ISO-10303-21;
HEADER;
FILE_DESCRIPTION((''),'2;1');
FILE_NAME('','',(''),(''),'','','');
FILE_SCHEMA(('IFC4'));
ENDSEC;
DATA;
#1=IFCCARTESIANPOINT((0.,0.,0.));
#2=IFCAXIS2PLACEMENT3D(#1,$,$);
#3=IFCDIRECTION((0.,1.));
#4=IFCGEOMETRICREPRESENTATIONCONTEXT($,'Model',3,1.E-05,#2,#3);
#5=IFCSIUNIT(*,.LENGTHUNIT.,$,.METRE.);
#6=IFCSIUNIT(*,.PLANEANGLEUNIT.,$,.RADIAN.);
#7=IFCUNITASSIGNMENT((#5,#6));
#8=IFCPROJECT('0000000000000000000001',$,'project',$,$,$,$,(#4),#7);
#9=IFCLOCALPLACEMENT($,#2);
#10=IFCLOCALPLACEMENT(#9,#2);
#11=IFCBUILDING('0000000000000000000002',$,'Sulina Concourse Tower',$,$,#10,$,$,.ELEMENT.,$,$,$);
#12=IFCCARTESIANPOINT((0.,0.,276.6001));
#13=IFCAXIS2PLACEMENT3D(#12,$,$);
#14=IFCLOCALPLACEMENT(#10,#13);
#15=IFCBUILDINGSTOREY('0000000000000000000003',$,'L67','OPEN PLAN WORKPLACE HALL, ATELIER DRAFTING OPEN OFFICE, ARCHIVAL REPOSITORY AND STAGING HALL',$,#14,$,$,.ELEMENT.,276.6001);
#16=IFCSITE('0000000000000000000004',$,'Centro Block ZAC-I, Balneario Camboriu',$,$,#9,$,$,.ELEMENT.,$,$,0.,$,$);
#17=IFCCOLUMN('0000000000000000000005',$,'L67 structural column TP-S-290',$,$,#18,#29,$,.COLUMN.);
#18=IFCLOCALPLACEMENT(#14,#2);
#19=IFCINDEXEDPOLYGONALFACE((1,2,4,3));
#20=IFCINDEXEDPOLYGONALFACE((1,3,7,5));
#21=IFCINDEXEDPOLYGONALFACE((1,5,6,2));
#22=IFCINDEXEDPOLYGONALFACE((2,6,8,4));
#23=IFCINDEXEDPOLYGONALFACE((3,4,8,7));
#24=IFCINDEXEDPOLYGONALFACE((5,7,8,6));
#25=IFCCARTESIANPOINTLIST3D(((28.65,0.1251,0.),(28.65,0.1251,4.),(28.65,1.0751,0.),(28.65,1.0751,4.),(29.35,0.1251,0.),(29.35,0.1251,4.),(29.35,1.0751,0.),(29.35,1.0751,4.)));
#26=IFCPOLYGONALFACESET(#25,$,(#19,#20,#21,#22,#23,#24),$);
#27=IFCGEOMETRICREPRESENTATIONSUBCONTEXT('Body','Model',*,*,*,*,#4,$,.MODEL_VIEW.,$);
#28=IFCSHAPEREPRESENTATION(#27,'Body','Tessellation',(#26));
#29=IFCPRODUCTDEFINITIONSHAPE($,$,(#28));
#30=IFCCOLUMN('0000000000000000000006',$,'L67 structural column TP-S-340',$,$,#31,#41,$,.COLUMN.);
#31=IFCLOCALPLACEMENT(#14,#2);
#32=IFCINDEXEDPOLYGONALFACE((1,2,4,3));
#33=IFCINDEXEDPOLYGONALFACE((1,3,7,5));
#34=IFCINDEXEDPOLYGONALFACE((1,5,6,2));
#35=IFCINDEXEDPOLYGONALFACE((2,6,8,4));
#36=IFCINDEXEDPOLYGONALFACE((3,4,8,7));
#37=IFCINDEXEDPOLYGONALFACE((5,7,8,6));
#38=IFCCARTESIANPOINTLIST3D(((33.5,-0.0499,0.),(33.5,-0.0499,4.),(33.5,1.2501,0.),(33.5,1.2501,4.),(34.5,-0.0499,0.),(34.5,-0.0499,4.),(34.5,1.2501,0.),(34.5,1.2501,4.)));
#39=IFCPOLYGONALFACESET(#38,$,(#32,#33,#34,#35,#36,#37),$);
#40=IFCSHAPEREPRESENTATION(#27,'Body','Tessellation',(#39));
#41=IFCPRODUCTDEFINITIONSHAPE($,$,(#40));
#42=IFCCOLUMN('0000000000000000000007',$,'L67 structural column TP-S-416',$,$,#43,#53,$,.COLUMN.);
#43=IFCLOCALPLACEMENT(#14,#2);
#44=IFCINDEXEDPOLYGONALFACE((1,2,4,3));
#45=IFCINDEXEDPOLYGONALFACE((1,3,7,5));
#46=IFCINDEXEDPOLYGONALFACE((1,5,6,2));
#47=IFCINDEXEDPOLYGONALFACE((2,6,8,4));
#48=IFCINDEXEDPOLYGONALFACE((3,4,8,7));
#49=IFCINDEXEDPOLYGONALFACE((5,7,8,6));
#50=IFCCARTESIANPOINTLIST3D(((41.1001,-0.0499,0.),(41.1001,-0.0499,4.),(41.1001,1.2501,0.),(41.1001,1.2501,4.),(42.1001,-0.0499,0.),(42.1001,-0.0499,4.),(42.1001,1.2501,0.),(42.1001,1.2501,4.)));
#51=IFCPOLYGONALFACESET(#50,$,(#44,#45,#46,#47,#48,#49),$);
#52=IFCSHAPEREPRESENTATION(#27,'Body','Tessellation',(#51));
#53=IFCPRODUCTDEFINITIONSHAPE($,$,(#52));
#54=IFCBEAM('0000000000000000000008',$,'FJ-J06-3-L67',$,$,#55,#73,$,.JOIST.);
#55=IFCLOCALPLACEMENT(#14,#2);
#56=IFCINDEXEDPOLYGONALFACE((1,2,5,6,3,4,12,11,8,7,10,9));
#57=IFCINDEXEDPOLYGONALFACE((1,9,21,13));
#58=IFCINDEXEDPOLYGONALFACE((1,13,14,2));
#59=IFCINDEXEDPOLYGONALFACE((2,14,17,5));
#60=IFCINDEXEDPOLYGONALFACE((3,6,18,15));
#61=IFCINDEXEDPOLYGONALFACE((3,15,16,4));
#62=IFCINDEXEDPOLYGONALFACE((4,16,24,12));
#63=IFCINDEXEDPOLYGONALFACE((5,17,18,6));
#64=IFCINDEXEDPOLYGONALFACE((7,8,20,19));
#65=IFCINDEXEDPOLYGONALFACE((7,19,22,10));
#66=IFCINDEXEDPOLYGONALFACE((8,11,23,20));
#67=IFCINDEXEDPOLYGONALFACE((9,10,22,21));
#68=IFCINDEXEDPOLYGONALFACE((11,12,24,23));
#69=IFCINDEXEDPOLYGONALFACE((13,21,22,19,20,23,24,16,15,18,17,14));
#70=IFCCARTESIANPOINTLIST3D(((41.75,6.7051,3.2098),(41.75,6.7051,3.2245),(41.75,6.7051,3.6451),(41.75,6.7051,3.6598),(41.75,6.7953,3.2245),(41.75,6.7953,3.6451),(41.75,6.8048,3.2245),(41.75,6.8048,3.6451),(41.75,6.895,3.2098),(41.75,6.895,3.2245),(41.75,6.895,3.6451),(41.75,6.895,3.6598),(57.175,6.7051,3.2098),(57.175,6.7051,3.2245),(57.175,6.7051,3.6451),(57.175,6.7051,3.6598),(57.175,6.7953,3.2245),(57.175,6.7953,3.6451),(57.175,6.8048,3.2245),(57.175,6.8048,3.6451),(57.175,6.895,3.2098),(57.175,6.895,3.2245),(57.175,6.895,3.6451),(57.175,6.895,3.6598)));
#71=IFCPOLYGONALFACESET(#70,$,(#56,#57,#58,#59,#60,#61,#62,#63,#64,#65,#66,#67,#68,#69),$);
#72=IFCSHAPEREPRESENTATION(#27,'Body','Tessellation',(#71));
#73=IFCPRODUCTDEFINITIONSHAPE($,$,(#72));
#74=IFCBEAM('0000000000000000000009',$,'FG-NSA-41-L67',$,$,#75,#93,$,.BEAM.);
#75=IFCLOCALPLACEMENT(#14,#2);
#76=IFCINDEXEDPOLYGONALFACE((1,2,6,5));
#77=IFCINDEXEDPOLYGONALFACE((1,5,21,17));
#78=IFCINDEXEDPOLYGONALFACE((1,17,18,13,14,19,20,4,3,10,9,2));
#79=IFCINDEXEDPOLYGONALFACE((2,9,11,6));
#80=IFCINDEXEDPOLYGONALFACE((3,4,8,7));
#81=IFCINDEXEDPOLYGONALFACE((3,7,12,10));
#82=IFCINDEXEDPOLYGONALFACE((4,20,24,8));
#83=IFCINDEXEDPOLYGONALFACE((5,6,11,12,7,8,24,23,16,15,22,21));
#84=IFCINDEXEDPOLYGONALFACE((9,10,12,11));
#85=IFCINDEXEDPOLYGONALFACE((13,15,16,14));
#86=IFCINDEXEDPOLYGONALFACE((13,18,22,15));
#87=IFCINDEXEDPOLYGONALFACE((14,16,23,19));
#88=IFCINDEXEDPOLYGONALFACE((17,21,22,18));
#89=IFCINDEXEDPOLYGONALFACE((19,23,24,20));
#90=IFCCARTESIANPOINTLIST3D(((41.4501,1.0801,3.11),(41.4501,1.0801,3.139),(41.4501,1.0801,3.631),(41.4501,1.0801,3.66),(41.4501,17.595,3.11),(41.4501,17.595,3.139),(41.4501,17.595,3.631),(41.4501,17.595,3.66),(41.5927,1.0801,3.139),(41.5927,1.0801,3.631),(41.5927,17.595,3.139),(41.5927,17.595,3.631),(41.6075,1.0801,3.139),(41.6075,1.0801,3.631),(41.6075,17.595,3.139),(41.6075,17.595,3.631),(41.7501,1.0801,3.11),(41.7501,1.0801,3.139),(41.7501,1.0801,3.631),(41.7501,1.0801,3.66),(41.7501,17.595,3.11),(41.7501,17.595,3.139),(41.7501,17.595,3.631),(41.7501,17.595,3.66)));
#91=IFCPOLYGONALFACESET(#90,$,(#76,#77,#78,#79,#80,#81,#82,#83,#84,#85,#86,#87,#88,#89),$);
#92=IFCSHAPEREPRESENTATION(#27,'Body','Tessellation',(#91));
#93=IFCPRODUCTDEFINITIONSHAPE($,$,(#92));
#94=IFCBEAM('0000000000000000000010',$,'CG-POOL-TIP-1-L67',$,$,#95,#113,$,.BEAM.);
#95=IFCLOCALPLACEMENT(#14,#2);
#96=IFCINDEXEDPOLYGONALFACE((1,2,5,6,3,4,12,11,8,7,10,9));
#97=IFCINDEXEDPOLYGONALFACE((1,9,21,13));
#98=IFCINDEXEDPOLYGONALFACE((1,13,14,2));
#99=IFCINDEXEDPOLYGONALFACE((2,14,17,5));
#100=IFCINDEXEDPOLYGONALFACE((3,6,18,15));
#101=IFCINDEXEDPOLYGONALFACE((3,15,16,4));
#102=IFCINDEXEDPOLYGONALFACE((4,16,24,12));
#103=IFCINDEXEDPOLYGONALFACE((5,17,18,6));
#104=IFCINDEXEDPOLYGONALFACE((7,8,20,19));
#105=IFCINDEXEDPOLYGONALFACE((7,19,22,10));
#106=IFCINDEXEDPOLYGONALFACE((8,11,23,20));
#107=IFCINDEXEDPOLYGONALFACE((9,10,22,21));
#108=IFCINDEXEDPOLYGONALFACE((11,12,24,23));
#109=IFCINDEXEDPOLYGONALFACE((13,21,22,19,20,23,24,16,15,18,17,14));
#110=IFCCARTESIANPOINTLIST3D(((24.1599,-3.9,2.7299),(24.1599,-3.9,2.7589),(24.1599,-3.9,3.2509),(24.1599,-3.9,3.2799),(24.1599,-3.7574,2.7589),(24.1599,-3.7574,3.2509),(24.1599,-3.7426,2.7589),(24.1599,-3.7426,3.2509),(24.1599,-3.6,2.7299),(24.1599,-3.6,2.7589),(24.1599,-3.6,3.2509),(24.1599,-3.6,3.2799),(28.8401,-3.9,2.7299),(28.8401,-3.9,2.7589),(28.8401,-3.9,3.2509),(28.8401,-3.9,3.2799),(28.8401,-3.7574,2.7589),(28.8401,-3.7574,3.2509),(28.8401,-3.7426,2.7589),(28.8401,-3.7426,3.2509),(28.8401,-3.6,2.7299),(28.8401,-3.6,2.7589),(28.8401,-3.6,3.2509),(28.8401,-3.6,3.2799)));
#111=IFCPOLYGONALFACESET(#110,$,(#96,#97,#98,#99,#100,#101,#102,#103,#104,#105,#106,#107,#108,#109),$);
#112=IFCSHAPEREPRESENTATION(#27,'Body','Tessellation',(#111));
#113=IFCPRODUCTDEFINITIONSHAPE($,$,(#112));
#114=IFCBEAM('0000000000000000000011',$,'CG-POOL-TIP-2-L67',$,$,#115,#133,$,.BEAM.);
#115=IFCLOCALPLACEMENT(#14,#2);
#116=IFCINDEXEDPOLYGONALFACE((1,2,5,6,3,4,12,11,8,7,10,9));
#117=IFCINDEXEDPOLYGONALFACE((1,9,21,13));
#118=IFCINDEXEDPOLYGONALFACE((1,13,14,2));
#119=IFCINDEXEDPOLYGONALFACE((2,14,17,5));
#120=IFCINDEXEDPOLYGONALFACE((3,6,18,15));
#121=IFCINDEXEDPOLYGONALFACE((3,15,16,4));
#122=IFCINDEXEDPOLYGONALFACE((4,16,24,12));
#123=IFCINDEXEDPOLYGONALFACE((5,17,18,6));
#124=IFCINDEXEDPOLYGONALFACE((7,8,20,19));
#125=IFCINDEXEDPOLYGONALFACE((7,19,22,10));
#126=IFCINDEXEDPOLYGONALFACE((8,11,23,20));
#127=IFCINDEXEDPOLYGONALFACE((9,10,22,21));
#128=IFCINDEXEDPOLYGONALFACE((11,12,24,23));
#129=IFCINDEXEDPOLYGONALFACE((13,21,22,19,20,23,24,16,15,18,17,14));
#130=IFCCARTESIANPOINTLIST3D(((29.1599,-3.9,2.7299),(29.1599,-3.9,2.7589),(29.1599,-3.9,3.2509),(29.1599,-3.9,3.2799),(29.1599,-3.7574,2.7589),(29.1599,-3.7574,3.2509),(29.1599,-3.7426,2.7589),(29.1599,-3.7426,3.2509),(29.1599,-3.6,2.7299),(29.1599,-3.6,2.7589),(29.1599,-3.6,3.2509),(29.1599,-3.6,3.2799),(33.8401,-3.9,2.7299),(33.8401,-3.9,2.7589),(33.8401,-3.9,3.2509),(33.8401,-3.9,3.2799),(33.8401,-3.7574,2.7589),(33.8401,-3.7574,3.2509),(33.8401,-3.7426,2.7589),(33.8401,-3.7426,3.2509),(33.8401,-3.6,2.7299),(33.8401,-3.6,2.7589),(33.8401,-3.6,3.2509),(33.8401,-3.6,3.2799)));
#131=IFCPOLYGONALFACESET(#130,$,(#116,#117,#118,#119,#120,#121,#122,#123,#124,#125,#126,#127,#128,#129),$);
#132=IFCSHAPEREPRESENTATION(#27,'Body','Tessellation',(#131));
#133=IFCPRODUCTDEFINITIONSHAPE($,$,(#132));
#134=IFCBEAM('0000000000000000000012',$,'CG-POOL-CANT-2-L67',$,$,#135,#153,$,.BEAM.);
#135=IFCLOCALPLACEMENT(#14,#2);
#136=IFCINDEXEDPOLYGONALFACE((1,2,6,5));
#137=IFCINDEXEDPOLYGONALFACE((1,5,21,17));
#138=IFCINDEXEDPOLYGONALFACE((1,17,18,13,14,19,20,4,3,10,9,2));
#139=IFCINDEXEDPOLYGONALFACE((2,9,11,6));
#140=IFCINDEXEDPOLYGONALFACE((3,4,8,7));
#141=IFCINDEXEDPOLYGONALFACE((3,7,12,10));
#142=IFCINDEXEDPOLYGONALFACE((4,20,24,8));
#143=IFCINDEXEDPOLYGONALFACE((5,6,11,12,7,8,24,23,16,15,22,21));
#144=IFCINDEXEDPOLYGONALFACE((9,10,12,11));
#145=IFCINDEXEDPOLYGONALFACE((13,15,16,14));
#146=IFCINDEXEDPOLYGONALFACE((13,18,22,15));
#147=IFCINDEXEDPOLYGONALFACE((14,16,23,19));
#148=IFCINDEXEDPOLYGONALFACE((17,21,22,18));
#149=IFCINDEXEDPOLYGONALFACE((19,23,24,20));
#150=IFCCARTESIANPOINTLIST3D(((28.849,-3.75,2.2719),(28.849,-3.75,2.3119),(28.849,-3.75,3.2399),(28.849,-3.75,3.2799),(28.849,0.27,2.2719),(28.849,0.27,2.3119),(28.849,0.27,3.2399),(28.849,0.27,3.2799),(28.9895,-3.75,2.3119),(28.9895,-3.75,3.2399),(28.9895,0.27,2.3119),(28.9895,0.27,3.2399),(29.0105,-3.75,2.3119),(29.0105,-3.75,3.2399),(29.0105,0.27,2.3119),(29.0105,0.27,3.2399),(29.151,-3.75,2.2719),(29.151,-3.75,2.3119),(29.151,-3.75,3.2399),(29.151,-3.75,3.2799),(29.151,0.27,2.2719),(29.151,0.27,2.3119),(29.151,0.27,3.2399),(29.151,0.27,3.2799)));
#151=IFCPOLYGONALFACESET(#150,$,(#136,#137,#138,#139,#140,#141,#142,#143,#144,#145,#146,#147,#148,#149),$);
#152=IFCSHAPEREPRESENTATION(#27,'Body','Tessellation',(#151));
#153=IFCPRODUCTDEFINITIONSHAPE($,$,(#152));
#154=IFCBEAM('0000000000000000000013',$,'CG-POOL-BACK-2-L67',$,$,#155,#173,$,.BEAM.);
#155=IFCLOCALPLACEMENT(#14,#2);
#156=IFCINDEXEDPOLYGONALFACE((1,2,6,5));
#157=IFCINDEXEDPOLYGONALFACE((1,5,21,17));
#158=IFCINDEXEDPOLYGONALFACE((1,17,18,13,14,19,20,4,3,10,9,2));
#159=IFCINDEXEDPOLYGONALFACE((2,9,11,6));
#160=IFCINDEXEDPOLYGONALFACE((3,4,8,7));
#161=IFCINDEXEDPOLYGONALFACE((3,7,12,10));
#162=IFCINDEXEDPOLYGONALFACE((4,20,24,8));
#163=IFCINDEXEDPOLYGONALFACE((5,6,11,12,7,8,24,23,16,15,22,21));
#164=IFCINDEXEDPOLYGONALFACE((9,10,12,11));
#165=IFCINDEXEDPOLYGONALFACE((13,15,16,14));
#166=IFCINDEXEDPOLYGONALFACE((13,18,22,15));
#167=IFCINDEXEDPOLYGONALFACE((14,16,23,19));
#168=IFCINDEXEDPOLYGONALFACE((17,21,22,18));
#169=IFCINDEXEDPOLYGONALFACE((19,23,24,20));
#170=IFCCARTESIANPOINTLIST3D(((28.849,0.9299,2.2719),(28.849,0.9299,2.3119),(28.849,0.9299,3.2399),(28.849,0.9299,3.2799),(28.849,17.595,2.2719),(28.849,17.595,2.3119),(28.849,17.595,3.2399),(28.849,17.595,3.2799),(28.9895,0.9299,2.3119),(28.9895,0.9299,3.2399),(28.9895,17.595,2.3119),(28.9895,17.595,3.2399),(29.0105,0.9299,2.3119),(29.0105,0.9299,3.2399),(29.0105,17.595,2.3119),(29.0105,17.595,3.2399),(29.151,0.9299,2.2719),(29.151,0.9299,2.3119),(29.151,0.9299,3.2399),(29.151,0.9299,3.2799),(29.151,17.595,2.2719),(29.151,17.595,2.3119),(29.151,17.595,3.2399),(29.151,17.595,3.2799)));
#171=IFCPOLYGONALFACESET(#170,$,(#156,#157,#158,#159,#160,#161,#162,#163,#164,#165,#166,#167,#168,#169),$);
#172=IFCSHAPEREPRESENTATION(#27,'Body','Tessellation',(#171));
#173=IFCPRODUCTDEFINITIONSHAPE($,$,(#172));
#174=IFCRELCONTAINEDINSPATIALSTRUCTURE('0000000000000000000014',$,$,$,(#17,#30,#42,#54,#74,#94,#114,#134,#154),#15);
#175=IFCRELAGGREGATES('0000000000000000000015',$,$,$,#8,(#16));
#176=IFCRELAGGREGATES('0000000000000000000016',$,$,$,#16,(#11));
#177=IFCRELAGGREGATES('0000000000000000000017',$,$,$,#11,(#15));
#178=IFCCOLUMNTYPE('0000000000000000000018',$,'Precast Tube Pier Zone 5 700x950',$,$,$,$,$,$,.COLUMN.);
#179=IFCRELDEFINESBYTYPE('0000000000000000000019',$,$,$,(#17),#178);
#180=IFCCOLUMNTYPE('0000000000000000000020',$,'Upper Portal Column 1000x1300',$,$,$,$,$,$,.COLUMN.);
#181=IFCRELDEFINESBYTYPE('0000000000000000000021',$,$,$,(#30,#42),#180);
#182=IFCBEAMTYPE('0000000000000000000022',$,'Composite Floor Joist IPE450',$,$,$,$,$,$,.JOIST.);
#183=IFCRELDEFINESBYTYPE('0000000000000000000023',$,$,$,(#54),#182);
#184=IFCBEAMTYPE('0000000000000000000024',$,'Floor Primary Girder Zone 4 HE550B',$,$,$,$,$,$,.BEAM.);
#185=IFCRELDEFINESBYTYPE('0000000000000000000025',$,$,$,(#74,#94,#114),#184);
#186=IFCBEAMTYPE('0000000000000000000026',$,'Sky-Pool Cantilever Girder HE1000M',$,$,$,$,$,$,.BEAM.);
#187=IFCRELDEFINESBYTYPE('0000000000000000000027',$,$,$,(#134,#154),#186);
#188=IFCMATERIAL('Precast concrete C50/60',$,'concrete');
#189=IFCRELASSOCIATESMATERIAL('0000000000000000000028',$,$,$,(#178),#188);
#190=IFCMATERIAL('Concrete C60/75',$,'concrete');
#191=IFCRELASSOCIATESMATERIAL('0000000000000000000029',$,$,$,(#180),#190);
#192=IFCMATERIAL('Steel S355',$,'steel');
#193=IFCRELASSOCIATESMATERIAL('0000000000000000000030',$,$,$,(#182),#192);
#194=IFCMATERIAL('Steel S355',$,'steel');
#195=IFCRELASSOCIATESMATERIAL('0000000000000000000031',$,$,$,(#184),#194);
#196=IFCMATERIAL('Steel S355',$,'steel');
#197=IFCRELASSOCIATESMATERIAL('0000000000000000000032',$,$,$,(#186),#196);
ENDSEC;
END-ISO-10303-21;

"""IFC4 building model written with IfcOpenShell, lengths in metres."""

from ifc_helpers import new_model, si_unit, direction, frame, origin, origin_2d, place, context, subcontext, project, spatial, rectangle, i_section, extrude, material, material_profile, profile_set, type_object, element, save


model = new_model("IFC4")

# Units and contexts
model_context = context("Model", 3, precision=1e-05, world=origin(), true_north=direction((0.0, 1.0)))
body_context = subcontext(model_context, "Body", "Model", "MODEL_VIEW")
ifc_project = project(units=[si_unit("LENGTHUNIT", "METRE"), si_unit("PLANEANGLEUNIT", "RADIAN")], contexts=[model_context])

# Site, building, storey
site_placement = place(None, origin())
site = spatial("IfcSite", under=ifc_project, at=site_placement, Name="Centro Block ZAC-I, Balneario Camboriu", CompositionType="ELEMENT", RefElevation=0.0)
building_placement = place(site_placement, origin())
building = spatial("IfcBuilding", under=site, at=building_placement, Name="Sulina Concourse Tower", CompositionType="ELEMENT")
storey_placement = place(building_placement, frame((0.0, 0.0, 276.6001)))
storey = spatial("IfcBuildingStorey", under=building, at=storey_placement, Name="L67", Description="OPEN PLAN WORKPLACE HALL, ATELIER DRAFTING OPEN OFFICE, ARCHIVAL REPOSITORY AND STAGING HALL", CompositionType="ELEMENT", Elevation=276.6001)

# Columns
ifc_material_1 = material(Name="Precast concrete C50/60", Category="concrete")
ifc_material_profile_1 = material_profile(ifc_material_1, rectangle(XDim=0.7, YDim=0.95, at=origin_2d()), Name="PC 700x950")
ifc_profile_set_1 = profile_set([ifc_material_profile_1], Name="Precast concrete C50/60")
column_type_1 = type_object("IfcColumnType", Name="Precast Tube Pier Zone 5 700x950", PredefinedType="COLUMN", material=ifc_profile_set_1)
column_placement = place(storey_placement, frame((29.0, 0.6001, 0.0), z_axis=(0.0, 0.0, 1.0), x_axis=(1.0, 0.0, 0.0)))
element("IfcColumn", 1, at=column_placement, inside=storey, type_object=column_type_1, Name="L67 structural column TP-S-290", PredefinedType="COLUMN", context=body_context, shape_type="SweptSolid", body=[
    extrude(rectangle(XDim=0.7, YDim=0.95, at=origin_2d()), origin(), (0.0, 0.0, 1.0), 4.0),
])
ifc_material_2 = material(Name="Concrete C60/75", Category="concrete")
ifc_material_profile_2 = material_profile(ifc_material_2, rectangle(XDim=1.0, YDim=1.3, at=origin_2d()), Name="RC 1000x1300")
ifc_profile_set_2 = profile_set([ifc_material_profile_2], Name="Concrete C60/75")
column_type_2 = type_object("IfcColumnType", Name="Upper Portal Column 1000x1300", PredefinedType="COLUMN", material=ifc_profile_set_2)
for number, where, z_axis, x_axis, name in (
    (2, (34.0, 0.6001, 0.0), (0.0, 0.0, 1.0), (1.0, 0.0, 0.0), "L67 structural column TP-S-340"),
    (3, (41.6001, 0.6001, 0.0), (0.0, 0.0, 1.0), (1.0, 0.0, 0.0), "L67 structural column TP-S-416"),
):
    element("IfcColumn", number, at=place(storey_placement, frame(where, z_axis=z_axis, x_axis=x_axis)), inside=storey, type_object=column_type_2, Name=name, PredefinedType="COLUMN", context=body_context, shape_type="SweptSolid", body=[
        extrude(rectangle(XDim=1.0, YDim=1.3, at=origin_2d()), origin(), (0.0, 0.0, 1.0), 4.0),
    ])

# Beams
ifc_material_3 = material(Name="Steel S355", Category="steel")
ifc_material_profile_3 = material_profile(ifc_material_3, i_section(OverallWidth=0.1899, OverallDepth=0.45, WebThickness=0.0095, FlangeThickness=0.0146, at=origin_2d()), Name="IPE 450")
ifc_profile_set_3 = profile_set([ifc_material_profile_3], Name="Steel S355")
beam_type_1 = type_object("IfcBeamType", Name="Composite Floor Joist IPE450", PredefinedType="JOIST", material=ifc_profile_set_3)
beam_1_placement = place(storey_placement, frame((41.75, 6.8, 3.4348), z_axis=(1.0, 0.0, 0.0), x_axis=(0.0, 1.0, 0.0)))
element("IfcBeam", 4, at=beam_1_placement, inside=storey, type_object=beam_type_1, Name="FJ-J06-3-L67", PredefinedType="JOIST", context=body_context, shape_type="SweptSolid", body=[
    extrude(i_section(OverallWidth=0.1899, OverallDepth=0.45, WebThickness=0.0095, FlangeThickness=0.0146, at=origin_2d()), origin(), (0.0, 0.0, 1.0), 15.425),
])
ifc_material_4 = material(Name="Steel S355", Category="steel")
ifc_material_profile_4 = material_profile(ifc_material_4, i_section(OverallWidth=0.3, OverallDepth=0.55, WebThickness=0.0149, FlangeThickness=0.0291, at=origin_2d()), Name="HE 550 B")
ifc_profile_set_4 = profile_set([ifc_material_profile_4], Name="Steel S355")
beam_type_2 = type_object("IfcBeamType", Name="Floor Primary Girder Zone 4 HE550B", PredefinedType="BEAM", material=ifc_profile_set_4)
beam_2_placement = place(storey_placement, frame((41.6001, 1.0801, 3.385), z_axis=(0.0, 1.0, 0.0), x_axis=(-1.0, 0.0, 0.0)))
element("IfcBeam", 5, at=beam_2_placement, inside=storey, type_object=beam_type_2, Name="FG-NSA-41-L67", PredefinedType="BEAM", context=body_context, shape_type="SweptSolid", body=[
    extrude(i_section(OverallWidth=0.3, OverallDepth=0.55, WebThickness=0.0149, FlangeThickness=0.0291, at=origin_2d()), origin(), (0.0, 0.0, 1.0), 16.5149),
])
for number, where, z_axis, x_axis, name in (
    (6, (24.1599, -3.75, 3.0049), (1.0, 0.0, 0.0), (0.0, 1.0, 0.0), "CG-POOL-TIP-1-L67"),
    (7, (29.1599, -3.75, 3.0049), (1.0, 0.0, 0.0), (0.0, 1.0, 0.0), "CG-POOL-TIP-2-L67"),
):
    element("IfcBeam", number, at=place(storey_placement, frame(where, z_axis=z_axis, x_axis=x_axis)), inside=storey, type_object=beam_type_2, Name=name, PredefinedType="BEAM", context=body_context, shape_type="SweptSolid", body=[
        extrude(i_section(OverallWidth=0.3, OverallDepth=0.55, WebThickness=0.0149, FlangeThickness=0.0291, at=origin_2d()), origin(), (0.0, 0.0, 1.0), 4.6802),
    ])
ifc_material_5 = material(Name="Steel S355", Category="steel")
ifc_material_profile_5 = material_profile(ifc_material_5, i_section(OverallWidth=0.302, OverallDepth=1.0081, WebThickness=0.021, FlangeThickness=0.04, at=origin_2d()), Name="HE 1000 M")
ifc_profile_set_5 = profile_set([ifc_material_profile_5], Name="Steel S355")
beam_type_3 = type_object("IfcBeamType", Name="Sky-Pool Cantilever Girder HE1000M", PredefinedType="BEAM", material=ifc_profile_set_5)
beam_3_placement = place(storey_placement, frame((29.0, -3.75, 2.7759), z_axis=(0.0, 1.0, 0.0), x_axis=(-1.0, 0.0, 0.0)))
element("IfcBeam", 8, at=beam_3_placement, inside=storey, type_object=beam_type_3, Name="CG-POOL-CANT-2-L67", PredefinedType="BEAM", context=body_context, shape_type="SweptSolid", body=[
    extrude(i_section(OverallWidth=0.302, OverallDepth=1.0081, WebThickness=0.021, FlangeThickness=0.04, at=origin_2d()), origin(), (0.0, 0.0, 1.0), 4.02),
])
beam_4_placement = place(storey_placement, frame((29.0, 0.9299, 2.7759), z_axis=(0.0, 1.0, 0.0), x_axis=(-1.0, 0.0, 0.0)))
element("IfcBeam", 9, at=beam_4_placement, inside=storey, type_object=beam_type_3, Name="CG-POOL-BACK-2-L67", PredefinedType="BEAM", context=body_context, shape_type="SweptSolid", body=[
    extrude(i_section(OverallWidth=0.302, OverallDepth=1.0081, WebThickness=0.021, FlangeThickness=0.04, at=origin_2d()), origin(), (0.0, 0.0, 1.0), 16.665),
])

save(model, "model.ifc")
